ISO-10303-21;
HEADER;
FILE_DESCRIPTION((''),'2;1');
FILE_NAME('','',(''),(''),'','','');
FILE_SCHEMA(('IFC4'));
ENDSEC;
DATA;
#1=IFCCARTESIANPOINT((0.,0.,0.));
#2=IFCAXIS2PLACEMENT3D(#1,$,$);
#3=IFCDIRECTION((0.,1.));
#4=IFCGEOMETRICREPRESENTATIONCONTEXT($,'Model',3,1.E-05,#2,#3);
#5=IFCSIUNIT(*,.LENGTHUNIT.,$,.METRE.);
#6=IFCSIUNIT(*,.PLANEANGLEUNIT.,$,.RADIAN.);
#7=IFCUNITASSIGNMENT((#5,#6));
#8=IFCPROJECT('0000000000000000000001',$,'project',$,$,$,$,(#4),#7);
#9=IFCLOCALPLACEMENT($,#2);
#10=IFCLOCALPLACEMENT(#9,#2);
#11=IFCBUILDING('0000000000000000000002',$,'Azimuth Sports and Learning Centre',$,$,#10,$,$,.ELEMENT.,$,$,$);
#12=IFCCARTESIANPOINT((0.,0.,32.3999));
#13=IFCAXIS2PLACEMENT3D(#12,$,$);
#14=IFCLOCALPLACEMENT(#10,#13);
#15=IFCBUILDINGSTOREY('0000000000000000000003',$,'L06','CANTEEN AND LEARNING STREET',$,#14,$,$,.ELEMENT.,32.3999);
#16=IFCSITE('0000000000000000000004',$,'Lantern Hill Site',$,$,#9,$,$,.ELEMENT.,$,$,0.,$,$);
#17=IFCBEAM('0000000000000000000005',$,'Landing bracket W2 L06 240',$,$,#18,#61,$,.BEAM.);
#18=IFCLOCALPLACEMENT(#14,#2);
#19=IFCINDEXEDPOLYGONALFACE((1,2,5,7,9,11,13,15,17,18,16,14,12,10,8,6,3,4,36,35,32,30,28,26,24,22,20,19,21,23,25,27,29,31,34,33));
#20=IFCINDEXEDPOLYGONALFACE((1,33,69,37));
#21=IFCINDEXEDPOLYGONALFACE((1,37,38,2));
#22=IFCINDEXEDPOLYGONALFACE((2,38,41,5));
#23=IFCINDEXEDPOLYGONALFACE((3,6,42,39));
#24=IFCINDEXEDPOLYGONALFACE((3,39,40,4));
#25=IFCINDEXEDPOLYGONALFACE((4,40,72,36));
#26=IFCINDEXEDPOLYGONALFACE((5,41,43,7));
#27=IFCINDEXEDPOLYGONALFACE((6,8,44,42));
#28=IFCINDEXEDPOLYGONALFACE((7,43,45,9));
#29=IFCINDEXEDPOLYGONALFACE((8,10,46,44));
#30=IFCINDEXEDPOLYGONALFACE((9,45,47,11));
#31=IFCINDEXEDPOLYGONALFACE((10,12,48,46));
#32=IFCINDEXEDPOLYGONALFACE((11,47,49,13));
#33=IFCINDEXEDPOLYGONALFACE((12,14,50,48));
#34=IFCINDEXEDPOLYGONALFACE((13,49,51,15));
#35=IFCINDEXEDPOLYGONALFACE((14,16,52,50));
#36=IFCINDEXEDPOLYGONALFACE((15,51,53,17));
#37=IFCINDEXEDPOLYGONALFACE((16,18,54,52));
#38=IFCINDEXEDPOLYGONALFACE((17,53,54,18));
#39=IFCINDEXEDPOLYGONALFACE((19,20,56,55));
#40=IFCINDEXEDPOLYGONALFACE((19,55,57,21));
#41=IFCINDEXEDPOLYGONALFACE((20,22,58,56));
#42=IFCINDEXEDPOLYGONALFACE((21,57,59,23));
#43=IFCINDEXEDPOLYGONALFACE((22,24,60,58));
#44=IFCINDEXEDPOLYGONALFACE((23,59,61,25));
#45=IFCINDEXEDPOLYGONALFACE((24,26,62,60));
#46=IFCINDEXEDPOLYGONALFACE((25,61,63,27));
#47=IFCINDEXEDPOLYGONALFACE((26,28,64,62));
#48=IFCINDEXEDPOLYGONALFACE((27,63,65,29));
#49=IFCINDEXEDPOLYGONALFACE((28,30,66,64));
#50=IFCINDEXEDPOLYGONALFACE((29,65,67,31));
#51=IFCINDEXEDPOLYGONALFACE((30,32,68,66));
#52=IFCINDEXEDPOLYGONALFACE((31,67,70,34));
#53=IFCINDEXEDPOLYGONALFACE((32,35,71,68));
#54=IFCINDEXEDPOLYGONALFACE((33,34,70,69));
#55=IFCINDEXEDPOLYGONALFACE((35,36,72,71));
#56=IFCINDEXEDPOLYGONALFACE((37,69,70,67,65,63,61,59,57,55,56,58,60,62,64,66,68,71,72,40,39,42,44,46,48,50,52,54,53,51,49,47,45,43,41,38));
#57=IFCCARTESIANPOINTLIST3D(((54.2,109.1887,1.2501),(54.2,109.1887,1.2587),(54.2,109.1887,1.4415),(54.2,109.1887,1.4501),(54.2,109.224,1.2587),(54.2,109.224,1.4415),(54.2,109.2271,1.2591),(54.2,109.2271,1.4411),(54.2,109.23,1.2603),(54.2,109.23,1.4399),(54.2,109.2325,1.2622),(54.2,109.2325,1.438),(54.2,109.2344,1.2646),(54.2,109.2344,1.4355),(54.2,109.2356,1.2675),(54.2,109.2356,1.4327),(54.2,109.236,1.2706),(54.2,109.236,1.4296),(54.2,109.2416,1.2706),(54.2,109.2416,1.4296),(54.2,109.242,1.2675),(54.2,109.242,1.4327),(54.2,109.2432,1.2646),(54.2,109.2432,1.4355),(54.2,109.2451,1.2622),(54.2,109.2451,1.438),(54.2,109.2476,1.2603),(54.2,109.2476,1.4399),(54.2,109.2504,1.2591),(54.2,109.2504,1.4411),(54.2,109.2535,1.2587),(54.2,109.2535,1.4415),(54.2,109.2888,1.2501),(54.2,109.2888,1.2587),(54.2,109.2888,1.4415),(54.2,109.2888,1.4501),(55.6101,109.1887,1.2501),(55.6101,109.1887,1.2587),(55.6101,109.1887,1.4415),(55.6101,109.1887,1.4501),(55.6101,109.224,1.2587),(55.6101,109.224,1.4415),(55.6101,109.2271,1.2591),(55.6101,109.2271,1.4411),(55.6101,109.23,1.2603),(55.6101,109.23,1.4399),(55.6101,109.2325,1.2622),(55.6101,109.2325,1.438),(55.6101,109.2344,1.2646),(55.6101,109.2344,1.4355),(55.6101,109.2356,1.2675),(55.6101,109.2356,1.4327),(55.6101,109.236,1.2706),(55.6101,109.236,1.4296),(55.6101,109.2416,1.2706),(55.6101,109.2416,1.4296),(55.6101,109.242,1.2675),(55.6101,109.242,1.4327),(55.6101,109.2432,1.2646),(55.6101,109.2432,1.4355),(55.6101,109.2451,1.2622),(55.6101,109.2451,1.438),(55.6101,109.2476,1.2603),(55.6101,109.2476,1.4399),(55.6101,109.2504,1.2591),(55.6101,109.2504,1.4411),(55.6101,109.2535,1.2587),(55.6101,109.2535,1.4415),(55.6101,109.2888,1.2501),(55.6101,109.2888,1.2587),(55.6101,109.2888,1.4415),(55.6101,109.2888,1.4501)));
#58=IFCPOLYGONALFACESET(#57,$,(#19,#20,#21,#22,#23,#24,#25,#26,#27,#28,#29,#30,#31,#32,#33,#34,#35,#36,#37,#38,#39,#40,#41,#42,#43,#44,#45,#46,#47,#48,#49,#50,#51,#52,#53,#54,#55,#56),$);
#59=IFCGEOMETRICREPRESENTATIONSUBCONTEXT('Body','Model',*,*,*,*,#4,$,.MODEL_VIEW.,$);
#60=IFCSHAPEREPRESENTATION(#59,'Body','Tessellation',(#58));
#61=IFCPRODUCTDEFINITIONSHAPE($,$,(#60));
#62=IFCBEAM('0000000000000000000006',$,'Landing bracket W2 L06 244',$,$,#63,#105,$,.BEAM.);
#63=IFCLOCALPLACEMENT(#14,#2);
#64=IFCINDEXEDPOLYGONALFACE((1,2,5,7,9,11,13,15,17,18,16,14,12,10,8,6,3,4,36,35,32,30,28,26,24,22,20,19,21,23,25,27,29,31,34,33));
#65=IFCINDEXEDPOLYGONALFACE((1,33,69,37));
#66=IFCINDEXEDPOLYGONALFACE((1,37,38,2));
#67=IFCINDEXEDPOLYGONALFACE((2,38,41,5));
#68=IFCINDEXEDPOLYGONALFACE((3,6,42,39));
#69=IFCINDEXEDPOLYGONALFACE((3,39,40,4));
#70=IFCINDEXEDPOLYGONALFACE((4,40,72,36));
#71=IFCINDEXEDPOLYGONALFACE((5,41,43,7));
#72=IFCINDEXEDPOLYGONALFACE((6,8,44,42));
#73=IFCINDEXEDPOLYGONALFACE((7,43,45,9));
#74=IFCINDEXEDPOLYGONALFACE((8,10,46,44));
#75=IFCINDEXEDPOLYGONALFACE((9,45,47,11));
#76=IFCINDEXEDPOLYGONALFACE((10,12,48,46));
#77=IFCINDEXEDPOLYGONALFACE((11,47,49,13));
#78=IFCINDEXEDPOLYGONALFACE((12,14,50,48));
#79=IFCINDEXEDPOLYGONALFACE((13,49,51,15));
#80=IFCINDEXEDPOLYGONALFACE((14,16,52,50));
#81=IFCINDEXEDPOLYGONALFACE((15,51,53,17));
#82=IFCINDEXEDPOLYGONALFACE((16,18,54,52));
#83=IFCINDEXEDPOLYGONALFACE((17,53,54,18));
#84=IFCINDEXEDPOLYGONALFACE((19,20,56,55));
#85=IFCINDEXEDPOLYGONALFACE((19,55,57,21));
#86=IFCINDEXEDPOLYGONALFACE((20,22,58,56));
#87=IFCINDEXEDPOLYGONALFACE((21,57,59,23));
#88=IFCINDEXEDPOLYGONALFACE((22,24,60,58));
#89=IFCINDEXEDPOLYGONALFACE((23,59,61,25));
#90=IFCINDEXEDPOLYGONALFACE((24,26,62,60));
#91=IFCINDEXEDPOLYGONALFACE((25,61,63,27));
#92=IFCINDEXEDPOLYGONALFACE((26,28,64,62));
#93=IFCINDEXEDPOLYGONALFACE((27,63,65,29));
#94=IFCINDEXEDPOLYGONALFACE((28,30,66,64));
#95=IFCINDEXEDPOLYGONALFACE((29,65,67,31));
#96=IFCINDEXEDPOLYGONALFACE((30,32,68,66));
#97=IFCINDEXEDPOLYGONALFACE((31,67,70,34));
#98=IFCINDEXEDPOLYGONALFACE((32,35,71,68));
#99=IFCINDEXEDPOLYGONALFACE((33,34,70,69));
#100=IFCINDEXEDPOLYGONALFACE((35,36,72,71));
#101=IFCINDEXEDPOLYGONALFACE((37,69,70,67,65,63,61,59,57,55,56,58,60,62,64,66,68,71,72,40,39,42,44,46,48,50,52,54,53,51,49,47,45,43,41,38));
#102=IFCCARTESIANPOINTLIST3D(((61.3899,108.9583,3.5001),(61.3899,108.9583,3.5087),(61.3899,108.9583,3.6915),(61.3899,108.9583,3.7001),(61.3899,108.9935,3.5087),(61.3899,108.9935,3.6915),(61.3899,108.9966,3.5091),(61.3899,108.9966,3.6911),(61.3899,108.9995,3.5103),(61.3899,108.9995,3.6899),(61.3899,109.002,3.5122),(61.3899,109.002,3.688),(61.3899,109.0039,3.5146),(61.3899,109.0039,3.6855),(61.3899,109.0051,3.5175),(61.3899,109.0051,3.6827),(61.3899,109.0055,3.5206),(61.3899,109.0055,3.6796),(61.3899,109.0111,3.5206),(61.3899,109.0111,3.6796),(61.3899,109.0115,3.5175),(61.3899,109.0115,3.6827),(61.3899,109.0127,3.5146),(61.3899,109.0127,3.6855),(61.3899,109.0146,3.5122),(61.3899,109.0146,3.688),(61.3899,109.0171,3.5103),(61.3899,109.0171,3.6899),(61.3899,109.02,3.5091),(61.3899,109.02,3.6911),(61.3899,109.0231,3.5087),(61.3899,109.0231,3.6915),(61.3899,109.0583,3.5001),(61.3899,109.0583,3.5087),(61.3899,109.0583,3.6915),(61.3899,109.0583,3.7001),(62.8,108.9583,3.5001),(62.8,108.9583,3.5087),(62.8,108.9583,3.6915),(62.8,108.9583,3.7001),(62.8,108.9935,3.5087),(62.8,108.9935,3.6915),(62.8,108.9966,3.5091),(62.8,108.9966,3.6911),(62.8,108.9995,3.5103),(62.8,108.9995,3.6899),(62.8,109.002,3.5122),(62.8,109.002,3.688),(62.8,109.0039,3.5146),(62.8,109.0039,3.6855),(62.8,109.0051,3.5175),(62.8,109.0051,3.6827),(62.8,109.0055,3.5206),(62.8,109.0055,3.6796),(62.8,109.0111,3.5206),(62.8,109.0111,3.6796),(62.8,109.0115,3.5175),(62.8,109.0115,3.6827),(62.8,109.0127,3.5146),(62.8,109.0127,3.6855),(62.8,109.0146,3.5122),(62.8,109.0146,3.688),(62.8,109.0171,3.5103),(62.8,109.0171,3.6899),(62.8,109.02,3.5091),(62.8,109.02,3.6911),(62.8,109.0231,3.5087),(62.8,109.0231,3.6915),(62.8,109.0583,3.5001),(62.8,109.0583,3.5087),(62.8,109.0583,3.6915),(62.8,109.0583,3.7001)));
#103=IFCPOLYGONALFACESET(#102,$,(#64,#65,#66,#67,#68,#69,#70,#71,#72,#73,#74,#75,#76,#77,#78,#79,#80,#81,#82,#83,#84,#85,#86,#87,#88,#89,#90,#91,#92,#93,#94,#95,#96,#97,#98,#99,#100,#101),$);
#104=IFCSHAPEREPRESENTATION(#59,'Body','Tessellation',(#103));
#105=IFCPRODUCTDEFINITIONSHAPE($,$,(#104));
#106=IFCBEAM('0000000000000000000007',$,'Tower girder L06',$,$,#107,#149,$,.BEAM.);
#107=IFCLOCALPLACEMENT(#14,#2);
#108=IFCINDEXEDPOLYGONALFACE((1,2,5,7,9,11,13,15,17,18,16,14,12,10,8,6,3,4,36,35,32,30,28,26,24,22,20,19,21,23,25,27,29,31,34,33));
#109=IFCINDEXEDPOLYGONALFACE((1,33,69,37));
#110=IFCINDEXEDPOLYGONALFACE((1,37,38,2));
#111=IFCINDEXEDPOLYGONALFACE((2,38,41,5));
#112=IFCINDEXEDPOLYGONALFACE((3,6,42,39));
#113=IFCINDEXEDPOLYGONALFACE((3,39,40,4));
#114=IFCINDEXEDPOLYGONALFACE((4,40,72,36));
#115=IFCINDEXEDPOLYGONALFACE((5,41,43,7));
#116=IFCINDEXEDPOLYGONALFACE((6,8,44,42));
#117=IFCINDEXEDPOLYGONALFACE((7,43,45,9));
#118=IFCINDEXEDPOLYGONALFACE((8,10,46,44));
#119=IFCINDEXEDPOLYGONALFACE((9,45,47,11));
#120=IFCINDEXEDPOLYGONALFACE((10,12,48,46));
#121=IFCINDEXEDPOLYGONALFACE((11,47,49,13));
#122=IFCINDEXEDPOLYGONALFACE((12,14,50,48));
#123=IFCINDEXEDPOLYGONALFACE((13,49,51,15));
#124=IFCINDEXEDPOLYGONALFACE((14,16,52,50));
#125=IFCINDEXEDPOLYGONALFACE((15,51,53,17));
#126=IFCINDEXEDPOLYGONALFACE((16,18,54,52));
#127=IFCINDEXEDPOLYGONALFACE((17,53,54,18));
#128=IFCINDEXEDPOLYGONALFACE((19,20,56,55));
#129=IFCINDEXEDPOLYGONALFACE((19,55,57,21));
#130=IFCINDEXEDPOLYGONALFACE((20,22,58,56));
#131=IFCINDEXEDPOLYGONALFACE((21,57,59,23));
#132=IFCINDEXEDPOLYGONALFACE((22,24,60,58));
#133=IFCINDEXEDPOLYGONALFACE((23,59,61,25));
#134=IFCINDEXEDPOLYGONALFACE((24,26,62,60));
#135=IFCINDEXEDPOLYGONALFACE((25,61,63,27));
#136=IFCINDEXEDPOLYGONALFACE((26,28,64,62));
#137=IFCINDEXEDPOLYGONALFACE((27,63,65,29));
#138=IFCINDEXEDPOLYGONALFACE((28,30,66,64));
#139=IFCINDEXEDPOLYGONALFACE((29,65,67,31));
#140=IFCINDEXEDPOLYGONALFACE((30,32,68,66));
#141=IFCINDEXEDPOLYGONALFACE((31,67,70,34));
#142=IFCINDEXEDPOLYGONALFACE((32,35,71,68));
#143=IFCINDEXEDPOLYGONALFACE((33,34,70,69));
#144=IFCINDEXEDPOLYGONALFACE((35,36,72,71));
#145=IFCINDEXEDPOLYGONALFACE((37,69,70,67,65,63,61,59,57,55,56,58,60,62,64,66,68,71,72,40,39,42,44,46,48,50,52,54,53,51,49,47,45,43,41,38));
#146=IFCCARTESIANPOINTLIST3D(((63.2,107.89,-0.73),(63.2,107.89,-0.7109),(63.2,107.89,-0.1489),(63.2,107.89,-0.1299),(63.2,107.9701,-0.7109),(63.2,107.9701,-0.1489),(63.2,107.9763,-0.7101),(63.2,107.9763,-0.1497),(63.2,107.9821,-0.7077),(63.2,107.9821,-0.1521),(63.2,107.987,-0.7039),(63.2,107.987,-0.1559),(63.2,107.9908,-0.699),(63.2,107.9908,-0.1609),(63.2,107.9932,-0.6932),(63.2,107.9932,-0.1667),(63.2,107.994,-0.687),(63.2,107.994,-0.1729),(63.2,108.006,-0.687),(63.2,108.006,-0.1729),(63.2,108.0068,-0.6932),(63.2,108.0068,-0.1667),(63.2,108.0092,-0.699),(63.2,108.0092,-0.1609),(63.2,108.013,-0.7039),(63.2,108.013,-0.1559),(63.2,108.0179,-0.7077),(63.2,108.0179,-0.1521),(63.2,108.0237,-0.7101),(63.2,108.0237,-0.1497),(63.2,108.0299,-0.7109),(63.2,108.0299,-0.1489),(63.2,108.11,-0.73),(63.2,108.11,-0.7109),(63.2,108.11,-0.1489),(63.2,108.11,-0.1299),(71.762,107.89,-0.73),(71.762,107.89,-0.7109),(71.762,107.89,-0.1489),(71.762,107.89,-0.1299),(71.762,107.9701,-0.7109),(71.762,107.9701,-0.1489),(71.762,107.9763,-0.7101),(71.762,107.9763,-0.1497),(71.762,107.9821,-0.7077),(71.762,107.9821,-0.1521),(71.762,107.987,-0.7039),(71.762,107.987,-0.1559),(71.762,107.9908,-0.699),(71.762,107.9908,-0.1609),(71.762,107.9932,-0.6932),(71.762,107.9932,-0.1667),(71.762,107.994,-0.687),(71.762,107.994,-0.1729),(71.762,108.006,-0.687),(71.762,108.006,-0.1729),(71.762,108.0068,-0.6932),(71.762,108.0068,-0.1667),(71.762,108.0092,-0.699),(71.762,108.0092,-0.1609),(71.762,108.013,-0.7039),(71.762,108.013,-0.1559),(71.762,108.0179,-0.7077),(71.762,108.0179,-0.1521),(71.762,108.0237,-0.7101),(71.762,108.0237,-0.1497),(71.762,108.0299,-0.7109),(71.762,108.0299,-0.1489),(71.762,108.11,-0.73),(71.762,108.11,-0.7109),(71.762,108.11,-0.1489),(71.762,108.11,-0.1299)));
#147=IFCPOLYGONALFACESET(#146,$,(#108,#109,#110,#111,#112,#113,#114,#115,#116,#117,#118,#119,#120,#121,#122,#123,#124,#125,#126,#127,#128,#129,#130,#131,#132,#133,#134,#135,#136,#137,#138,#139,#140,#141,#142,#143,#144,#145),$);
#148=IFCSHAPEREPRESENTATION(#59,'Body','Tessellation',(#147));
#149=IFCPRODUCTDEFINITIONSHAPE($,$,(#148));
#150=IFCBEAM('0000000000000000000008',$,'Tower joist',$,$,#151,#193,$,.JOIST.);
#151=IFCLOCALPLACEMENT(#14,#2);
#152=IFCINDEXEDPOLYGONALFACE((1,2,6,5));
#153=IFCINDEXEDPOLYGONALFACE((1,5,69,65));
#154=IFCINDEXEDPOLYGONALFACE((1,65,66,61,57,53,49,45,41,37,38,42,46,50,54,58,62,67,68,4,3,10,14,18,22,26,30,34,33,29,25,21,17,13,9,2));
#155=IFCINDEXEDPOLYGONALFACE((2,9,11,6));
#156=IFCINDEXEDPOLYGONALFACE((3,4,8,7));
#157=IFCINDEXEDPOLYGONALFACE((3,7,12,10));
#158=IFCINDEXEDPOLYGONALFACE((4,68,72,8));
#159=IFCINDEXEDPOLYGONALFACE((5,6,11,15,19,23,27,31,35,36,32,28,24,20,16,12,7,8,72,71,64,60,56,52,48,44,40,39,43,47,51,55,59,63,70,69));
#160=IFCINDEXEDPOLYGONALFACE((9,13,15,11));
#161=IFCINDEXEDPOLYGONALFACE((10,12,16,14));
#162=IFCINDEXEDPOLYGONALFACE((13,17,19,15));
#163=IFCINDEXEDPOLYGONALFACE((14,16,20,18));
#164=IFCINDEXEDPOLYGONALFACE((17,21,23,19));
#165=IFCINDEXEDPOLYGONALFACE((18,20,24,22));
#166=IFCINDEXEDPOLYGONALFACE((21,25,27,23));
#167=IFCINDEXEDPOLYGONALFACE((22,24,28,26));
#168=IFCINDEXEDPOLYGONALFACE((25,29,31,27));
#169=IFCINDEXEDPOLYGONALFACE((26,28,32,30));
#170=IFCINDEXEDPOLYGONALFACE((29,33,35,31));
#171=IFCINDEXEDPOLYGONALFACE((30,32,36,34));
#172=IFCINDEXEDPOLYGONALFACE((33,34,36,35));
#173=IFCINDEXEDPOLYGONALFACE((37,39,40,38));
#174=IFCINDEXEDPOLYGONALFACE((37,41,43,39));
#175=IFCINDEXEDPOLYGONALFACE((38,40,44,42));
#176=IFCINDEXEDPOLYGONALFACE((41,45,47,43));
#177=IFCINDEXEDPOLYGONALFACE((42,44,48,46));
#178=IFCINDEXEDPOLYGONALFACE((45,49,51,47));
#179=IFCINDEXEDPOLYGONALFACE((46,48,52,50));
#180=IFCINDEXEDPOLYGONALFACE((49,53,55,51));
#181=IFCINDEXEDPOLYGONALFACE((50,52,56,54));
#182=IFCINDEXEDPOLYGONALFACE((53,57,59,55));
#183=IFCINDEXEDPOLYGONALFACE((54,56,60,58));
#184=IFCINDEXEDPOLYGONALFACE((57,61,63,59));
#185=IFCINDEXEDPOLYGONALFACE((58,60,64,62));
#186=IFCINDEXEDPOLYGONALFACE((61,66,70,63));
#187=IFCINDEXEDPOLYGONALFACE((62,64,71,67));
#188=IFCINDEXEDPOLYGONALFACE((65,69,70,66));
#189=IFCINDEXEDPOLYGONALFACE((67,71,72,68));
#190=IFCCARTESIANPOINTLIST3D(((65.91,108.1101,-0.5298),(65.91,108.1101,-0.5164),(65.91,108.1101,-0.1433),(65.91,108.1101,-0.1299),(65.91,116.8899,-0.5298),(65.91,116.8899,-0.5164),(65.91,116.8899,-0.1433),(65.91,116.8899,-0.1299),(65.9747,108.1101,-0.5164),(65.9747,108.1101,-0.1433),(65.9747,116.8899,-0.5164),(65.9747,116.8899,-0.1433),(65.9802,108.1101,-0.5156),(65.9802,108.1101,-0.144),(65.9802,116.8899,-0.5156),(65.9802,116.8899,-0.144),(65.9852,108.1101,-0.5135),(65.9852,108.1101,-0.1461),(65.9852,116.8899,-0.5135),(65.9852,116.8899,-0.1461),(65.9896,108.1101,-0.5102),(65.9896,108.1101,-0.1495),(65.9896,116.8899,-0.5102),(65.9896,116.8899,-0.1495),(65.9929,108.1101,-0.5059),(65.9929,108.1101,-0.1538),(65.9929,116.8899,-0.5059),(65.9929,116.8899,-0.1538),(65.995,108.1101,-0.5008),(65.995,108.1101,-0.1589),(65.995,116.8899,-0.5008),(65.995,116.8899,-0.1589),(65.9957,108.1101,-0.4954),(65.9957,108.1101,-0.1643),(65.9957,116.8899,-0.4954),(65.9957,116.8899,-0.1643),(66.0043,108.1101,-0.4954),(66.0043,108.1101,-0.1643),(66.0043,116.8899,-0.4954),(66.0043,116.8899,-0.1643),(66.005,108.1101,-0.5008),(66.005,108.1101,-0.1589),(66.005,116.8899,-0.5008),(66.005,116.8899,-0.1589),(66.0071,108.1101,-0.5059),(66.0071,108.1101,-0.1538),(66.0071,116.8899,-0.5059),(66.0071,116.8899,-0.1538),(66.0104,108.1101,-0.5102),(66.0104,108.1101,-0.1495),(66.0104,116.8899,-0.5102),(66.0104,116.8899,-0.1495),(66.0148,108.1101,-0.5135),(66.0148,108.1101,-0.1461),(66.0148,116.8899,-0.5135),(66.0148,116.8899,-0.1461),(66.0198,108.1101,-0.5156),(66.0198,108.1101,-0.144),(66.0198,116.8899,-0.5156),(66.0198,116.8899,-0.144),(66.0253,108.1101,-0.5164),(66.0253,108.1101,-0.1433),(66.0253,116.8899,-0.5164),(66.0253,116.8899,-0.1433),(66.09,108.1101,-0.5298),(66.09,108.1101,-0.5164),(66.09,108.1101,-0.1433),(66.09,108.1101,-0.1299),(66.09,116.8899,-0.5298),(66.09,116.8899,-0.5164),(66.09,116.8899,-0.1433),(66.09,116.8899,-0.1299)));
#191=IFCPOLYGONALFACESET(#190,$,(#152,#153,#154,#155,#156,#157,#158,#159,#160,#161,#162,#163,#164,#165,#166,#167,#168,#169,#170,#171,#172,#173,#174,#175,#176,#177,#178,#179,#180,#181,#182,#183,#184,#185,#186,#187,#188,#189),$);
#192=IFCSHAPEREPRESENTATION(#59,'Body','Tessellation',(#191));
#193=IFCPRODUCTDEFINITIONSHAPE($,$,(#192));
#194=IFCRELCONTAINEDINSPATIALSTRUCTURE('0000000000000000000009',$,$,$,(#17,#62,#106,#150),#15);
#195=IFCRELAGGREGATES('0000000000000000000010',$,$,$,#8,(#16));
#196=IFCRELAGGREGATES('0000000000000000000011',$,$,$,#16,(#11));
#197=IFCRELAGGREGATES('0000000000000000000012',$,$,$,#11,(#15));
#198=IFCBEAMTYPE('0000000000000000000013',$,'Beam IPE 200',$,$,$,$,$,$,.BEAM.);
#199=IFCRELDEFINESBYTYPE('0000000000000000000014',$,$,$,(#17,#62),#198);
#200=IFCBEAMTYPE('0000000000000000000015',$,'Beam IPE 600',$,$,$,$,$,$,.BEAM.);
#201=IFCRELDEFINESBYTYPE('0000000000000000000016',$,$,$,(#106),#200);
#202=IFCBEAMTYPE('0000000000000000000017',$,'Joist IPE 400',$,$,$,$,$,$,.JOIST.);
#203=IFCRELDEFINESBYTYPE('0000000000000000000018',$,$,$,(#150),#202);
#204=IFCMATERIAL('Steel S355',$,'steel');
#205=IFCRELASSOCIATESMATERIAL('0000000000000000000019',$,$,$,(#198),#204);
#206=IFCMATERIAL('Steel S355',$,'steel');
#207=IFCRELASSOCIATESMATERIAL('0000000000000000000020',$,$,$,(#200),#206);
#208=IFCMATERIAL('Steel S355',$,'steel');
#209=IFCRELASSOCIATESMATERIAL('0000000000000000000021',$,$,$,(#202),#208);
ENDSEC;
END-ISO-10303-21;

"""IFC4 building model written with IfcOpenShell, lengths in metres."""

from ifc_helpers import new_model, si_unit, direction, frame, origin, origin_2d, place, context, subcontext, project, spatial, i_section, extrude, material, material_profile, profile_set, type_object, element, save


model = new_model("IFC4")

# Units and contexts
model_context = context("Model", 3, precision=1e-05, world=origin(), true_north=direction((0.0, 1.0)))
body_context = subcontext(model_context, "Body", "Model", "MODEL_VIEW")
ifc_project = project(units=[si_unit("LENGTHUNIT", "METRE"), si_unit("PLANEANGLEUNIT", "RADIAN")], contexts=[model_context])

# Site, building, storey
site_placement = place(None, origin())
site = spatial("IfcSite", under=ifc_project, at=site_placement, Name="Lantern Hill Site", CompositionType="ELEMENT", RefElevation=0.0)
building_placement = place(site_placement, origin())
building = spatial("IfcBuilding", under=site, at=building_placement, Name="Azimuth Sports and Learning Centre", CompositionType="ELEMENT")
storey_placement = place(building_placement, frame((0.0, 0.0, 32.3999)))
storey = spatial("IfcBuildingStorey", under=building, at=storey_placement, Name="L06", Description="CANTEEN AND LEARNING STREET", CompositionType="ELEMENT", Elevation=32.3999)

# Beams
ifc_material_1 = material(Name="Steel S355", Category="steel")
ifc_material_profile_1 = material_profile(ifc_material_1, i_section(OverallWidth=0.1001, OverallDepth=0.2, WebThickness=0.0056, FlangeThickness=0.0085, FilletRadius=0.012, at=origin_2d()), Name="IPE 200")
ifc_profile_set_1 = profile_set([ifc_material_profile_1], Name="Steel S355")
beam_type_1 = type_object("IfcBeamType", Name="Beam IPE 200", PredefinedType="BEAM", material=ifc_profile_set_1)
for number, where, z_axis, x_axis, name in (
    (1, (54.2, 109.2388, 1.3501), (1.0, 0.0, 0.0), (0.0, 1.0, 0.0), "Landing bracket W2 L06 240"),
    (2, (62.8, 109.0083, 3.6001), (-1.0, 0.0, 0.0), (0.0, -1.0, 0.0), "Landing bracket W2 L06 244"),
):
    element("IfcBeam", number, at=place(storey_placement, frame(where, z_axis=z_axis, x_axis=x_axis)), inside=storey, type_object=beam_type_1, Name=name, PredefinedType="BEAM", context=body_context, shape_type="SweptSolid", body=[
        extrude(i_section(OverallWidth=0.1001, OverallDepth=0.2, WebThickness=0.0056, FlangeThickness=0.0085, FilletRadius=0.012, at=origin_2d()), origin(), (0.0, 0.0, 1.0), 1.4102),
    ])
ifc_material_2 = material(Name="Steel S355", Category="steel")
ifc_material_profile_2 = material_profile(ifc_material_2, i_section(OverallWidth=0.22, OverallDepth=0.6001, WebThickness=0.012, FlangeThickness=0.019, FilletRadius=0.0239, at=origin_2d()), Name="IPE 600")
ifc_profile_set_2 = profile_set([ifc_material_profile_2], Name="Steel S355")
beam_type_2 = type_object("IfcBeamType", Name="Beam IPE 600", PredefinedType="BEAM", material=ifc_profile_set_2)
beam_1_placement = place(storey_placement, frame((63.2, 108.0, -0.4299), z_axis=(1.0, 0.0, 0.0), x_axis=(0.0, 1.0, 0.0)))
element("IfcBeam", 3, at=beam_1_placement, inside=storey, type_object=beam_type_2, Name="Tower girder L06", PredefinedType="BEAM", context=body_context, shape_type="SweptSolid", body=[
    extrude(i_section(OverallWidth=0.22, OverallDepth=0.6001, WebThickness=0.012, FlangeThickness=0.019, FilletRadius=0.0239, at=origin_2d()), origin(), (0.0, 0.0, 1.0), 8.562),
])
ifc_material_3 = material(Name="Steel S355", Category="steel")
ifc_material_profile_3 = material_profile(ifc_material_3, i_section(OverallWidth=0.1799, OverallDepth=0.3999, WebThickness=0.0085, FlangeThickness=0.0134, FilletRadius=0.021, at=origin_2d()), Name="IPE 400")
ifc_profile_set_3 = profile_set([ifc_material_profile_3], Name="Steel S355")
beam_type_3 = type_object("IfcBeamType", Name="Joist IPE 400", PredefinedType="JOIST", material=ifc_profile_set_3)
beam_2_placement = place(storey_placement, frame((66.0, 108.1101, -0.3298), z_axis=(0.0, 1.0, 0.0), x_axis=(-1.0, 0.0, 0.0)))
element("IfcBeam", 4, at=beam_2_placement, inside=storey, type_object=beam_type_3, Name="Tower joist", PredefinedType="JOIST", context=body_context, shape_type="SweptSolid", body=[
    extrude(i_section(OverallWidth=0.1799, OverallDepth=0.3999, WebThickness=0.0085, FlangeThickness=0.0134, FilletRadius=0.021, at=origin_2d()), origin(), (0.0, 0.0, 1.0), 8.7798),
])

save(model, "model.ifc")
